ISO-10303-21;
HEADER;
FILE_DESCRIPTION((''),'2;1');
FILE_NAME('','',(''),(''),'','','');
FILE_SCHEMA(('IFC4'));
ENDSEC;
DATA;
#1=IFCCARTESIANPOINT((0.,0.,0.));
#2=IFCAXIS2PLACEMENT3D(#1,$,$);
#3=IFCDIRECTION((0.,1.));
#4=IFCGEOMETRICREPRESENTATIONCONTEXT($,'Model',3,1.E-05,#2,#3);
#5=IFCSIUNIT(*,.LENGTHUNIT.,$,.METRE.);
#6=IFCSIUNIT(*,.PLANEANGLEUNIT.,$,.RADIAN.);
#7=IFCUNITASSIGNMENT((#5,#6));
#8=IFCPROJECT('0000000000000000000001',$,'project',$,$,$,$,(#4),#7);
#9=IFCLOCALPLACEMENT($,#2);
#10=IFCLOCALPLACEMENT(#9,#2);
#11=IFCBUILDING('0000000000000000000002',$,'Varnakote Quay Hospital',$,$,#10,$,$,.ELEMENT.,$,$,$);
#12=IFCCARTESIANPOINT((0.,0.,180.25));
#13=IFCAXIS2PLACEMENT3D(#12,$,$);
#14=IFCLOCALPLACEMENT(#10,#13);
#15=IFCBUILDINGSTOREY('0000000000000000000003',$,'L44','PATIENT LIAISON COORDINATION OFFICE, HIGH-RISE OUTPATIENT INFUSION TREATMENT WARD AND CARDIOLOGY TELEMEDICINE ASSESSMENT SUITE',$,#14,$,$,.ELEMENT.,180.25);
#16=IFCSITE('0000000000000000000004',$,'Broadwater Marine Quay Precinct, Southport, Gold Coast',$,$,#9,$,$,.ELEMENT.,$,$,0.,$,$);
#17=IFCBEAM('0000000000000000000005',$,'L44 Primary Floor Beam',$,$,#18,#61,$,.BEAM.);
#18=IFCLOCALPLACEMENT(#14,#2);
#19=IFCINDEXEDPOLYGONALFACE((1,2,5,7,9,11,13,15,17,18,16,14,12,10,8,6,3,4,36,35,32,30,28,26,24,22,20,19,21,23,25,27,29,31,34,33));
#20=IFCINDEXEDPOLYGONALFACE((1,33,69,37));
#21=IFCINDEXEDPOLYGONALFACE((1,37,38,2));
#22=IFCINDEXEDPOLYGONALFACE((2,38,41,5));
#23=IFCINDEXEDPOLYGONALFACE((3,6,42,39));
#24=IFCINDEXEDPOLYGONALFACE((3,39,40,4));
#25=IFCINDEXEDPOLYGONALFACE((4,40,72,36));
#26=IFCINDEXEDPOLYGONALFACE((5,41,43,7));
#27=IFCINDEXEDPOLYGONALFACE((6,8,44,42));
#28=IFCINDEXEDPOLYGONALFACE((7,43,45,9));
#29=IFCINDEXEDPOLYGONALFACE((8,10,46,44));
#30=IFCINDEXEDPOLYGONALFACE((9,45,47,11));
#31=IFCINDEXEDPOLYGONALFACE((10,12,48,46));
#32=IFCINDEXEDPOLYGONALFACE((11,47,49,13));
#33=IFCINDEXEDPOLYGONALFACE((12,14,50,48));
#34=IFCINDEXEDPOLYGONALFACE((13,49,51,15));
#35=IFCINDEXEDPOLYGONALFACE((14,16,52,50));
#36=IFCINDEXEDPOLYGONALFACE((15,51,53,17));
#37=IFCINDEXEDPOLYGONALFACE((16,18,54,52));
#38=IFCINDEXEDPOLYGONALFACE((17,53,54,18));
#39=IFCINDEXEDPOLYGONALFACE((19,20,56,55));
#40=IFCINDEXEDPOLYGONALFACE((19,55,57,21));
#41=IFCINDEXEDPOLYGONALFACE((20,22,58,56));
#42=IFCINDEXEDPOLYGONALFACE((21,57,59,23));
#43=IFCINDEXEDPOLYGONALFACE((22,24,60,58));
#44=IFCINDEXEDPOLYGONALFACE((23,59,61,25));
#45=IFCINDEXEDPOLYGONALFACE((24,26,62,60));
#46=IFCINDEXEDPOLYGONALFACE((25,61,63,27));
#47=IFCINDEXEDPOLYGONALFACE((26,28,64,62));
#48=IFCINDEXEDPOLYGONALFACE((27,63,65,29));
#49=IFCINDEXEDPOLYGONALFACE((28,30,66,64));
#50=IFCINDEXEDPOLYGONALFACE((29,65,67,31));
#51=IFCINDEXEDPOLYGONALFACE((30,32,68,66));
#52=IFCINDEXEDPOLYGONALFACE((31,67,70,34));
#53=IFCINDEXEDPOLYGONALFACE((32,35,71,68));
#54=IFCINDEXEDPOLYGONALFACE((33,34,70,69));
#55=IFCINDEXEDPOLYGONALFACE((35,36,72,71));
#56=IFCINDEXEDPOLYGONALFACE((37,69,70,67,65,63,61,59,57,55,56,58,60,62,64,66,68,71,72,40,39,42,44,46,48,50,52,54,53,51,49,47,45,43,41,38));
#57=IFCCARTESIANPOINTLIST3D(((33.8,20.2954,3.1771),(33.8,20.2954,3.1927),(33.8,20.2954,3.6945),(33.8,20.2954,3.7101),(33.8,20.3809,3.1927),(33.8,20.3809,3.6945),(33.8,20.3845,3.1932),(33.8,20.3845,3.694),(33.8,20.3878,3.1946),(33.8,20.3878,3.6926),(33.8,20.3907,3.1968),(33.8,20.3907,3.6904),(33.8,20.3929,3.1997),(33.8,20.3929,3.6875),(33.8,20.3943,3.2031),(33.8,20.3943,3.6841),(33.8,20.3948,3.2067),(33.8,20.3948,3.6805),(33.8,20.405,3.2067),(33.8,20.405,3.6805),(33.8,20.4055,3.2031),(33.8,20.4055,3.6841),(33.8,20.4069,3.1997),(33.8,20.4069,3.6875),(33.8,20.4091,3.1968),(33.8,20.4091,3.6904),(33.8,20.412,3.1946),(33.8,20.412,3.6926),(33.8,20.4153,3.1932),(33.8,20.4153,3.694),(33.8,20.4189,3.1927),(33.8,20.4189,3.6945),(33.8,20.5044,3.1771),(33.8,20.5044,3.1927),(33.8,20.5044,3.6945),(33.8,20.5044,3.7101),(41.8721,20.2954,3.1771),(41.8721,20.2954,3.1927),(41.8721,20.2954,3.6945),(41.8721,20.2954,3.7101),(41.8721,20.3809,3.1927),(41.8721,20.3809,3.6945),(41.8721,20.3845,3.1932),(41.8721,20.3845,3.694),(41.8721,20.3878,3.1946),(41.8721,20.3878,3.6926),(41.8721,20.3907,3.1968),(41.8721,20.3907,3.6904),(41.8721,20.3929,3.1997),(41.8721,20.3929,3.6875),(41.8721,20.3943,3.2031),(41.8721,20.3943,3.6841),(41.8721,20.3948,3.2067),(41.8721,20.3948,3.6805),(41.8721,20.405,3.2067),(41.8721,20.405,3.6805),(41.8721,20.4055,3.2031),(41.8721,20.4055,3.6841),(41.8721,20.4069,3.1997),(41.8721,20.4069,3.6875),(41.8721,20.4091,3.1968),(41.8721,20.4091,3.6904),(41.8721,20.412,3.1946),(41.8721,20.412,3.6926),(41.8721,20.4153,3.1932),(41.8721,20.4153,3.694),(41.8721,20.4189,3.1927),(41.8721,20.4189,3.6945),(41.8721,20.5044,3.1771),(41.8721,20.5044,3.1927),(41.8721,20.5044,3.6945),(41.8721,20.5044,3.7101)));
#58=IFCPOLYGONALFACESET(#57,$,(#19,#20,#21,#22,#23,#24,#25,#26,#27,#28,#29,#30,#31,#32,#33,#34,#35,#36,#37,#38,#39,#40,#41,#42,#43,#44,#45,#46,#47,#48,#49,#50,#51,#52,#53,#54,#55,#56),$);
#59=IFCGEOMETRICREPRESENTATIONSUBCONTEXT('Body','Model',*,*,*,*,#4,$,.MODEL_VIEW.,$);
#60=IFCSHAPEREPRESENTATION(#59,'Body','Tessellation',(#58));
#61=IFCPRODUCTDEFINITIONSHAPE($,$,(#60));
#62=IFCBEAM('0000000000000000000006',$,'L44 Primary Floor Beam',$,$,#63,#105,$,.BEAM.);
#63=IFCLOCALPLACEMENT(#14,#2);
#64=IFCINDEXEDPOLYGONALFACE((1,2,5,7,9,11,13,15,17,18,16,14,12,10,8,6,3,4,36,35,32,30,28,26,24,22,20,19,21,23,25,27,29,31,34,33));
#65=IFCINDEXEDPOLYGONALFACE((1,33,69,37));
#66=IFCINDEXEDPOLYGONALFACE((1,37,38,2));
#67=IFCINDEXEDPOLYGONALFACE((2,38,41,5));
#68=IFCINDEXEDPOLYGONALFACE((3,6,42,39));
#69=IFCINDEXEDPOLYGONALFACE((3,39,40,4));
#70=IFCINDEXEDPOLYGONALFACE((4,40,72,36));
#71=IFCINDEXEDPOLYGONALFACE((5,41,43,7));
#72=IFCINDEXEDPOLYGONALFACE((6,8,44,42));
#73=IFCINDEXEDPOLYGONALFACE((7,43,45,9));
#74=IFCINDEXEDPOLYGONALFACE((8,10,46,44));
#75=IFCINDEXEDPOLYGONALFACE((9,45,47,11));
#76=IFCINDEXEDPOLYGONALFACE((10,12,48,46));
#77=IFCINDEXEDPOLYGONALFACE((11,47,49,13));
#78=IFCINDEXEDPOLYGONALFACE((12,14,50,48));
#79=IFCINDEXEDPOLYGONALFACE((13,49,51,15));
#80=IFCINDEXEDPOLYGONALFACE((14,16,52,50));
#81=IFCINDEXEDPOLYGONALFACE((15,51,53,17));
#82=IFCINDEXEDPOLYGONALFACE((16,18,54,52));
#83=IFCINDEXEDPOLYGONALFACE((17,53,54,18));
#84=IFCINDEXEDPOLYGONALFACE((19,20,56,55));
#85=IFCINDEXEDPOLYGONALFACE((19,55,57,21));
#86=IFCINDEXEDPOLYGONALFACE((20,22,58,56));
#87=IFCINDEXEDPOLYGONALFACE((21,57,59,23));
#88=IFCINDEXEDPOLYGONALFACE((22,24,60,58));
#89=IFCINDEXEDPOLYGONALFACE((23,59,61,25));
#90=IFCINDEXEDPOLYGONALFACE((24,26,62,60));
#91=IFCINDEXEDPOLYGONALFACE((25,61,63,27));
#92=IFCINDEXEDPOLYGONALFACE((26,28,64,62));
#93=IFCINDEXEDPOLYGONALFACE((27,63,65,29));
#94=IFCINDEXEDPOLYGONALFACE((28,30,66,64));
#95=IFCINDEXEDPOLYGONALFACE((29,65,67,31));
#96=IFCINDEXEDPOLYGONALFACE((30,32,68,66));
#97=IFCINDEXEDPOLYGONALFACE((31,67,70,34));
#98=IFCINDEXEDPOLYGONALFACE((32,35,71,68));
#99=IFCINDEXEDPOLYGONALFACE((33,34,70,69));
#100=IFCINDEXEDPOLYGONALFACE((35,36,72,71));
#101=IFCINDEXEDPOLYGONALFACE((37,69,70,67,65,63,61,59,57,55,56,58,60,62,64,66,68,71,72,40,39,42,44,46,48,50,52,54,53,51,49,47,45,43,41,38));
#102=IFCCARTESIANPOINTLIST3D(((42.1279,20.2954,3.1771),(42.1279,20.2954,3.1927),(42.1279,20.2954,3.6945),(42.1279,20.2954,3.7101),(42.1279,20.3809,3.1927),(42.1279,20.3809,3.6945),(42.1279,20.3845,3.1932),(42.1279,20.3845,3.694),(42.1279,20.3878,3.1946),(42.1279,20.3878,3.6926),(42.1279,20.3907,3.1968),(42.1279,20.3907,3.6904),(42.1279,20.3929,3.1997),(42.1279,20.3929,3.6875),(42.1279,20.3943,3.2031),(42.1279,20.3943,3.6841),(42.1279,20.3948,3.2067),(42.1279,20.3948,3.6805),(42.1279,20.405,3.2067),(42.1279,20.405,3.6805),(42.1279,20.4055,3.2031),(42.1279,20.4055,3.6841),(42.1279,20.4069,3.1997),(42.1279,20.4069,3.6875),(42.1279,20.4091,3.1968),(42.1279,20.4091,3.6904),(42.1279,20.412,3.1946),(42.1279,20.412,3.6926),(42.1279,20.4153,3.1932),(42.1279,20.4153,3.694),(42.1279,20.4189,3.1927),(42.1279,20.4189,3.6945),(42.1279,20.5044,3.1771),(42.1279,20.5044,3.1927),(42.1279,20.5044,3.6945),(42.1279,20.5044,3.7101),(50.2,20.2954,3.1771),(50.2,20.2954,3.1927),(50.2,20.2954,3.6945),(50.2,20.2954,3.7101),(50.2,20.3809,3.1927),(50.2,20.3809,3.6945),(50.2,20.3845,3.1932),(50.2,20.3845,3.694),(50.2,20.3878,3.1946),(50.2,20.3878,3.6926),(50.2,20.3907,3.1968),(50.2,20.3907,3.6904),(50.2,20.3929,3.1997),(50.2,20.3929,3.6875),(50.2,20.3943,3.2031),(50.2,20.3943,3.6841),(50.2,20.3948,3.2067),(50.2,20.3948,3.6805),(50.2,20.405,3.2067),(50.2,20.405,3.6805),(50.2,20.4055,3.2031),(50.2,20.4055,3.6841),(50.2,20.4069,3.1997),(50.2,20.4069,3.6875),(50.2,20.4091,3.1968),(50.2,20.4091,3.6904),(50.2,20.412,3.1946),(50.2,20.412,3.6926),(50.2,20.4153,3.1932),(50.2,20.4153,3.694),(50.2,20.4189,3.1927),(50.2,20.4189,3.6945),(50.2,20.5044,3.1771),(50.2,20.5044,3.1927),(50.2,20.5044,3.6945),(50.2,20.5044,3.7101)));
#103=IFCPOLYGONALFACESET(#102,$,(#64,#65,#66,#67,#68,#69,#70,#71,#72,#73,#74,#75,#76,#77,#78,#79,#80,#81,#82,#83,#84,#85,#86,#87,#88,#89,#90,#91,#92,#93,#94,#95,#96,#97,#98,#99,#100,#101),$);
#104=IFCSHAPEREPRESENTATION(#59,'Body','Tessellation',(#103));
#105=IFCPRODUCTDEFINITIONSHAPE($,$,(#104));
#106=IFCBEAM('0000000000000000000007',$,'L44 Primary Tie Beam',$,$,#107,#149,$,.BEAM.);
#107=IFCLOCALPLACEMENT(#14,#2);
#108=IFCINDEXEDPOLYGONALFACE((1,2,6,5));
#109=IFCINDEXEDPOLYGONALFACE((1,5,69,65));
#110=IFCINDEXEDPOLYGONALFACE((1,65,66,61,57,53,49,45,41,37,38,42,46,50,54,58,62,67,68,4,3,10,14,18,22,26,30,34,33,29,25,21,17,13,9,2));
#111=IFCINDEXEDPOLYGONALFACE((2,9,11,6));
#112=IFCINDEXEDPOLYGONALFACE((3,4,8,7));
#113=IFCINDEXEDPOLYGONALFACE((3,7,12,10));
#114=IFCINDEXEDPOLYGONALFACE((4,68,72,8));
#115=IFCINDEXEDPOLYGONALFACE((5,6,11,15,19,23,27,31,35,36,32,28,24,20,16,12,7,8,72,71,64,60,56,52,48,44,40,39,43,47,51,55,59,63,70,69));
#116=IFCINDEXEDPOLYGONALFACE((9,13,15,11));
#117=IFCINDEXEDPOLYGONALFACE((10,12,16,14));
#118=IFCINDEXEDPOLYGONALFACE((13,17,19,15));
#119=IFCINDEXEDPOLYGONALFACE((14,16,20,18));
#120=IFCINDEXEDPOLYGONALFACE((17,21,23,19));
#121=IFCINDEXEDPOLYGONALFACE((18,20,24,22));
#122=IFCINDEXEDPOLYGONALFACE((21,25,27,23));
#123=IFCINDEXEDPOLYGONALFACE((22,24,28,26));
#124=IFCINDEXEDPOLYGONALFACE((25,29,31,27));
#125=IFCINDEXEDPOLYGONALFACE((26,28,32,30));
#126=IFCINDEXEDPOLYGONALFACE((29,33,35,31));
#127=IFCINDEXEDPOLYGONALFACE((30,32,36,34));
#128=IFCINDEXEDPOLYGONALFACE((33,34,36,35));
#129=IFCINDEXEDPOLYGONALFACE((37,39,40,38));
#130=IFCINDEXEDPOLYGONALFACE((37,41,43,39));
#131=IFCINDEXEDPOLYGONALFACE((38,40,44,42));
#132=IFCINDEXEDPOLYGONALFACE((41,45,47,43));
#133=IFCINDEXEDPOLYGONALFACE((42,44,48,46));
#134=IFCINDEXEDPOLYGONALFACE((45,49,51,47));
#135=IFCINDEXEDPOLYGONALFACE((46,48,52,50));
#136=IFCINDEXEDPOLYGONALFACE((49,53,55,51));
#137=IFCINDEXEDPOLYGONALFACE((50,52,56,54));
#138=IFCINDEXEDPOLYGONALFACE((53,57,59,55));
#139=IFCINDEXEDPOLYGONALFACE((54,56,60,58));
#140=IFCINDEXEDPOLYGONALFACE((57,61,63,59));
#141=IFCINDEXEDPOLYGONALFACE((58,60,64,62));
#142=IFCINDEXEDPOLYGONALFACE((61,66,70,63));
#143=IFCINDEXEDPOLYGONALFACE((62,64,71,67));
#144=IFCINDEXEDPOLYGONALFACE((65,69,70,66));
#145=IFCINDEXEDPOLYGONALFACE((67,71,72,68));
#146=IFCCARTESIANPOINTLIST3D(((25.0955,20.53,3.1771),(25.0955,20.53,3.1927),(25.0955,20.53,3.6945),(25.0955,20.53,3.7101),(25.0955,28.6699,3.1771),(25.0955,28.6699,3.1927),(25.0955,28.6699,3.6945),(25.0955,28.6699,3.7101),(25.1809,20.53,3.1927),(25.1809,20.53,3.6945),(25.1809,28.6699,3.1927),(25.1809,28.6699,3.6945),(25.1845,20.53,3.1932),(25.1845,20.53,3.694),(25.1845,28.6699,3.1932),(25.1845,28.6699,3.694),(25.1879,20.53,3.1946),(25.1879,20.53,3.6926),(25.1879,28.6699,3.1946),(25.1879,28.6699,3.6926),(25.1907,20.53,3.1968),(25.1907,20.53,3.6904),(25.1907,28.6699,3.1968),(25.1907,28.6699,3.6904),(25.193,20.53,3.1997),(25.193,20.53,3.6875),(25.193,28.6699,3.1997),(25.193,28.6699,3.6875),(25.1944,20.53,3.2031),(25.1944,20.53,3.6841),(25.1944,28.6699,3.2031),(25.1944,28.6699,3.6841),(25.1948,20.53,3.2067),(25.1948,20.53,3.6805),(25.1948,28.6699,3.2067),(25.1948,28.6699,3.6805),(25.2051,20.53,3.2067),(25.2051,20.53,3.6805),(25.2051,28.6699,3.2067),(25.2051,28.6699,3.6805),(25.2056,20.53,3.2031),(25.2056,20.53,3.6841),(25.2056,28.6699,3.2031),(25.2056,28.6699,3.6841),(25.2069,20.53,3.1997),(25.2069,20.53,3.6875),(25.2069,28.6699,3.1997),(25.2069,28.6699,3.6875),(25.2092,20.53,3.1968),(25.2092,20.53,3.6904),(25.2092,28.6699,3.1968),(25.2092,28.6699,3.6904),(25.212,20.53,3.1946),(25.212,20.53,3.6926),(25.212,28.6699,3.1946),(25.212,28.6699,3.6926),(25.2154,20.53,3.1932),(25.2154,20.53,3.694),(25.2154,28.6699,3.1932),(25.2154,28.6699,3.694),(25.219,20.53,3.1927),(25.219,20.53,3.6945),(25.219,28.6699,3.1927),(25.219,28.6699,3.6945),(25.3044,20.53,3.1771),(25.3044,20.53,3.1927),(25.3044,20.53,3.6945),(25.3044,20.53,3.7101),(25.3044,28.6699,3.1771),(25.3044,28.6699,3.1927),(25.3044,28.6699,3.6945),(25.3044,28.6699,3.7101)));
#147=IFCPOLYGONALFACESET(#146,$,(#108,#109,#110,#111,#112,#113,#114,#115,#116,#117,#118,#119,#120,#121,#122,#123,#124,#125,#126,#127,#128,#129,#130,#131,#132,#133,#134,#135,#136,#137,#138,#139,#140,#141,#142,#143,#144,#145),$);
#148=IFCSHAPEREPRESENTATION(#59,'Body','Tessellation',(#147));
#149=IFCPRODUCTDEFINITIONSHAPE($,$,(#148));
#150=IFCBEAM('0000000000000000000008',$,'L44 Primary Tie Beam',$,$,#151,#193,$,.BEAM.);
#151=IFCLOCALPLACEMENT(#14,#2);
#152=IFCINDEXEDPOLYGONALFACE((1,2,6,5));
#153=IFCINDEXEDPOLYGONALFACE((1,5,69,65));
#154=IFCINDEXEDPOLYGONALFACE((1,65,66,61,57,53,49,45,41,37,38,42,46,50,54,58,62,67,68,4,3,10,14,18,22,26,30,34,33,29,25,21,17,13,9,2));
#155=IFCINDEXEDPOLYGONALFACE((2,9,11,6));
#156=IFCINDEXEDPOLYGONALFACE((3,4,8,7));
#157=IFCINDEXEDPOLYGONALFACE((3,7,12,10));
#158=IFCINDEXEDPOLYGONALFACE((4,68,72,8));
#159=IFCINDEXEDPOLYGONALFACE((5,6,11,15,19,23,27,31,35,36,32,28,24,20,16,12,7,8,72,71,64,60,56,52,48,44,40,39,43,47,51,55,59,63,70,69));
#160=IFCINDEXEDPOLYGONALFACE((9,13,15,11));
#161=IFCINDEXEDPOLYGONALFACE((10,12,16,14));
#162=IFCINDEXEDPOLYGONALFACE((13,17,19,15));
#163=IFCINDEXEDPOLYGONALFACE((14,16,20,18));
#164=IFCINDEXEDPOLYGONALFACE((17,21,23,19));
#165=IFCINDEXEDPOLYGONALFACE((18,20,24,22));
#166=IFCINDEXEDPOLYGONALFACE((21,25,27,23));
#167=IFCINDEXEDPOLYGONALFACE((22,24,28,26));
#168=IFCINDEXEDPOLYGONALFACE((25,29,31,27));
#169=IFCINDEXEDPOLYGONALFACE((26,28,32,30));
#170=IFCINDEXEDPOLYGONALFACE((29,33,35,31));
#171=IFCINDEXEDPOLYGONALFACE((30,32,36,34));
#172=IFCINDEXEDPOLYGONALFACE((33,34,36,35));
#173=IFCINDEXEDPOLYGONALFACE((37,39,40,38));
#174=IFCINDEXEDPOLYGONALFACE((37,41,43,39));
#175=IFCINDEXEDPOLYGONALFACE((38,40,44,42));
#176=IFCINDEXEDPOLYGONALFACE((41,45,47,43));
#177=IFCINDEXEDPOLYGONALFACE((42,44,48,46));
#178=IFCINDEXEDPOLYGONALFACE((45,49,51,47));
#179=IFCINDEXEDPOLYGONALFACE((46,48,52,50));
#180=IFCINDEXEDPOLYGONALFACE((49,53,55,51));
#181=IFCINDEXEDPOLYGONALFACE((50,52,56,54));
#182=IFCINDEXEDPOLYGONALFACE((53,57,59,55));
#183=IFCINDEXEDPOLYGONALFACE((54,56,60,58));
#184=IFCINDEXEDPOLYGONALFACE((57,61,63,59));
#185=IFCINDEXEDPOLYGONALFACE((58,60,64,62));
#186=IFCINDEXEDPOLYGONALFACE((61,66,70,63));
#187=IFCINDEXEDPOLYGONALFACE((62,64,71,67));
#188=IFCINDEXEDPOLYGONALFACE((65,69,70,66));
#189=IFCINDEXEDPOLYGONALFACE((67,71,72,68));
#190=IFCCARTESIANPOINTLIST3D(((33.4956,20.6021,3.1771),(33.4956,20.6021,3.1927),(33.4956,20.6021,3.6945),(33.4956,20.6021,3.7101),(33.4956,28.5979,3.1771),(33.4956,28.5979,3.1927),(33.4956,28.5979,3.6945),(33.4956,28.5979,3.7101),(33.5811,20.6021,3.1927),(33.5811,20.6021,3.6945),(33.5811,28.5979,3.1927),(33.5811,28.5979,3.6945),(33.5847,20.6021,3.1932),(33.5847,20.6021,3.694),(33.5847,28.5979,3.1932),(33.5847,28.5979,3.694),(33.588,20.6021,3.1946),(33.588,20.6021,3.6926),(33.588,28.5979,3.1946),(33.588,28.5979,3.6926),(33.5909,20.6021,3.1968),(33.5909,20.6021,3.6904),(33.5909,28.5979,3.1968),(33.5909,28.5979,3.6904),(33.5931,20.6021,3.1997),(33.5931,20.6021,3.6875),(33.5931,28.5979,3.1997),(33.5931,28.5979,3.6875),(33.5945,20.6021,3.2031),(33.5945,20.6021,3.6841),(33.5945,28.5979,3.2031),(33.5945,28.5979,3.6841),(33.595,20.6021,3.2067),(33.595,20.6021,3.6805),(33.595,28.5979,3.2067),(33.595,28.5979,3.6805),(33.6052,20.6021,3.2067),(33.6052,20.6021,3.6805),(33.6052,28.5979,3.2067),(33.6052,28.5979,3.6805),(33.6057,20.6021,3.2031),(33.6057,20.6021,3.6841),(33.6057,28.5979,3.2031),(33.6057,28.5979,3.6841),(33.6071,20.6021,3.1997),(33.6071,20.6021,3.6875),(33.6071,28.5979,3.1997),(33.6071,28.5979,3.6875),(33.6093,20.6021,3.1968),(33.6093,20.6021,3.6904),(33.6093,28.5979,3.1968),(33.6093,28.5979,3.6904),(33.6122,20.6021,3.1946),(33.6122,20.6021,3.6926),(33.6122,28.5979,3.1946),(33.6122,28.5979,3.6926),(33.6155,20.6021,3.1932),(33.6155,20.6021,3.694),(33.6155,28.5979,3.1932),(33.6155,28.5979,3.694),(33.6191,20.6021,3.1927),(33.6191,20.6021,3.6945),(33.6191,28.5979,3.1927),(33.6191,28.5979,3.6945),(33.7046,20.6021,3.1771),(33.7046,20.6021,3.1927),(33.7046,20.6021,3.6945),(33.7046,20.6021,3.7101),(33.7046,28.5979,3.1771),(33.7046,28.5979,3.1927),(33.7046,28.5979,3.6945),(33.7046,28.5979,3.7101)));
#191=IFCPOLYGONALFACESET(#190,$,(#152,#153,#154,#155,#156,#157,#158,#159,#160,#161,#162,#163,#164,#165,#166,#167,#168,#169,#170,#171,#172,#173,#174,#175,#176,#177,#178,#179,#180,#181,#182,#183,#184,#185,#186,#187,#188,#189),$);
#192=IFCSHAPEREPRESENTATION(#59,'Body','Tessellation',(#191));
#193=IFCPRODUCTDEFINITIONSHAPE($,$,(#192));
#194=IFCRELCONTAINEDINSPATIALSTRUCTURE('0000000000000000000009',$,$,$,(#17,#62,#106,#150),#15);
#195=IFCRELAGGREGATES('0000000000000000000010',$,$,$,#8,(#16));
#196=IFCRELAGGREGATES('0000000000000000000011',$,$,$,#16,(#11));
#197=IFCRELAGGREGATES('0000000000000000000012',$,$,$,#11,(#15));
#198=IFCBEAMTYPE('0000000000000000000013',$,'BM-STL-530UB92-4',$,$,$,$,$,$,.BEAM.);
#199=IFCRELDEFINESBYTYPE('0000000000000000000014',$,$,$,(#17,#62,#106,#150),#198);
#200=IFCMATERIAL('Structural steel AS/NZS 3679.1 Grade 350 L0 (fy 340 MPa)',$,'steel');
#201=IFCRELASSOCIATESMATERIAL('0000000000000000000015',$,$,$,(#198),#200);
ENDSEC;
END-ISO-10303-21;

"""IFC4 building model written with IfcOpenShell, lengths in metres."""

from ifc_helpers import new_model, si_unit, direction, frame, origin, origin_2d, place, context, subcontext, project, spatial, i_section, extrude, material, material_profile, profile_set, type_object, element, save


model = new_model("IFC4")

# Units and contexts
model_context = context("Model", 3, precision=1e-05, world=origin(), true_north=direction((0.0, 1.0)))
body_context = subcontext(model_context, "Body", "Model", "MODEL_VIEW")
ifc_project = project(units=[si_unit("LENGTHUNIT", "METRE"), si_unit("PLANEANGLEUNIT", "RADIAN")], contexts=[model_context])

# Site, building, storey
site_placement = place(None, origin())
site = spatial("IfcSite", under=ifc_project, at=site_placement, Name="Broadwater Marine Quay Precinct, Southport, Gold Coast", CompositionType="ELEMENT", RefElevation=0.0)
building_placement = place(site_placement, origin())
building = spatial("IfcBuilding", under=site, at=building_placement, Name="Varnakote Quay Hospital", CompositionType="ELEMENT")
storey_placement = place(building_placement, frame((0.0, 0.0, 180.25)))
storey = spatial("IfcBuildingStorey", under=building, at=storey_placement, Name="L44", Description="PATIENT LIAISON COORDINATION OFFICE, HIGH-RISE OUTPATIENT INFUSION TREATMENT WARD AND CARDIOLOGY TELEMEDICINE ASSESSMENT SUITE", CompositionType="ELEMENT", Elevation=180.25)

# Beams
ifc_material_1 = material(Name="Structural steel AS/NZS 3679.1 Grade 350 L0 (fy 340 MPa)", Category="steel")
ifc_material_profile_1 = material_profile(ifc_material_1, i_section(OverallWidth=0.209, OverallDepth=0.533, WebThickness=0.0103, FlangeThickness=0.0156, FilletRadius=0.0139, at=origin_2d()), Name="530UB92.4")
ifc_profile_set_1 = profile_set([ifc_material_profile_1], Name="Structural steel AS/NZS 3679.1 Grade 350 L0 (fy 340 MPa)")
beam_type_1 = type_object("IfcBeamType", Name="BM-STL-530UB92-4", PredefinedType="BEAM", material=ifc_profile_set_1)
for number, where, z_axis, x_axis, name in (
    (1, (33.8, 20.3999, 3.4436), (1.0, 0.0, 0.0), (0.0, 1.0, 0.0), "L44 Primary Floor Beam"),
    (2, (42.1279, 20.3999, 3.4436), (1.0, 0.0, 0.0), (0.0, 1.0, 0.0), "L44 Primary Floor Beam"),
):
    element("IfcBeam", number, at=place(storey_placement, frame(where, z_axis=z_axis, x_axis=x_axis)), inside=storey, type_object=beam_type_1, Name=name, PredefinedType="BEAM", context=body_context, shape_type="SweptSolid", body=[
        extrude(i_section(OverallWidth=0.209, OverallDepth=0.533, WebThickness=0.0103, FlangeThickness=0.0156, FilletRadius=0.0139, at=origin_2d()), origin(), (0.0, 0.0, 1.0), 8.072),
    ])
beam_1_placement = place(storey_placement, frame((25.2, 20.53, 3.4436), z_axis=(0.0, 1.0, 0.0), x_axis=(-1.0, 0.0, 0.0)))
element("IfcBeam", 3, at=beam_1_placement, inside=storey, type_object=beam_type_1, Name="L44 Primary Tie Beam", PredefinedType="BEAM", context=body_context, shape_type="SweptSolid", body=[
    extrude(i_section(OverallWidth=0.209, OverallDepth=0.533, WebThickness=0.0103, FlangeThickness=0.0156, FilletRadius=0.0139, at=origin_2d()), origin(), (0.0, 0.0, 1.0), 8.1399),
])
beam_2_placement = place(storey_placement, frame((33.6001, 20.6021, 3.4436), z_axis=(0.0, 1.0, 0.0), x_axis=(-1.0, 0.0, 0.0)))
element("IfcBeam", 4, at=beam_2_placement, inside=storey, type_object=beam_type_1, Name="L44 Primary Tie Beam", PredefinedType="BEAM", context=body_context, shape_type="SweptSolid", body=[
    extrude(i_section(OverallWidth=0.209, OverallDepth=0.533, WebThickness=0.0103, FlangeThickness=0.0156, FilletRadius=0.0139, at=origin_2d()), origin(), (0.0, 0.0, 1.0), 7.9958),
])

save(model, "model.ifc")
